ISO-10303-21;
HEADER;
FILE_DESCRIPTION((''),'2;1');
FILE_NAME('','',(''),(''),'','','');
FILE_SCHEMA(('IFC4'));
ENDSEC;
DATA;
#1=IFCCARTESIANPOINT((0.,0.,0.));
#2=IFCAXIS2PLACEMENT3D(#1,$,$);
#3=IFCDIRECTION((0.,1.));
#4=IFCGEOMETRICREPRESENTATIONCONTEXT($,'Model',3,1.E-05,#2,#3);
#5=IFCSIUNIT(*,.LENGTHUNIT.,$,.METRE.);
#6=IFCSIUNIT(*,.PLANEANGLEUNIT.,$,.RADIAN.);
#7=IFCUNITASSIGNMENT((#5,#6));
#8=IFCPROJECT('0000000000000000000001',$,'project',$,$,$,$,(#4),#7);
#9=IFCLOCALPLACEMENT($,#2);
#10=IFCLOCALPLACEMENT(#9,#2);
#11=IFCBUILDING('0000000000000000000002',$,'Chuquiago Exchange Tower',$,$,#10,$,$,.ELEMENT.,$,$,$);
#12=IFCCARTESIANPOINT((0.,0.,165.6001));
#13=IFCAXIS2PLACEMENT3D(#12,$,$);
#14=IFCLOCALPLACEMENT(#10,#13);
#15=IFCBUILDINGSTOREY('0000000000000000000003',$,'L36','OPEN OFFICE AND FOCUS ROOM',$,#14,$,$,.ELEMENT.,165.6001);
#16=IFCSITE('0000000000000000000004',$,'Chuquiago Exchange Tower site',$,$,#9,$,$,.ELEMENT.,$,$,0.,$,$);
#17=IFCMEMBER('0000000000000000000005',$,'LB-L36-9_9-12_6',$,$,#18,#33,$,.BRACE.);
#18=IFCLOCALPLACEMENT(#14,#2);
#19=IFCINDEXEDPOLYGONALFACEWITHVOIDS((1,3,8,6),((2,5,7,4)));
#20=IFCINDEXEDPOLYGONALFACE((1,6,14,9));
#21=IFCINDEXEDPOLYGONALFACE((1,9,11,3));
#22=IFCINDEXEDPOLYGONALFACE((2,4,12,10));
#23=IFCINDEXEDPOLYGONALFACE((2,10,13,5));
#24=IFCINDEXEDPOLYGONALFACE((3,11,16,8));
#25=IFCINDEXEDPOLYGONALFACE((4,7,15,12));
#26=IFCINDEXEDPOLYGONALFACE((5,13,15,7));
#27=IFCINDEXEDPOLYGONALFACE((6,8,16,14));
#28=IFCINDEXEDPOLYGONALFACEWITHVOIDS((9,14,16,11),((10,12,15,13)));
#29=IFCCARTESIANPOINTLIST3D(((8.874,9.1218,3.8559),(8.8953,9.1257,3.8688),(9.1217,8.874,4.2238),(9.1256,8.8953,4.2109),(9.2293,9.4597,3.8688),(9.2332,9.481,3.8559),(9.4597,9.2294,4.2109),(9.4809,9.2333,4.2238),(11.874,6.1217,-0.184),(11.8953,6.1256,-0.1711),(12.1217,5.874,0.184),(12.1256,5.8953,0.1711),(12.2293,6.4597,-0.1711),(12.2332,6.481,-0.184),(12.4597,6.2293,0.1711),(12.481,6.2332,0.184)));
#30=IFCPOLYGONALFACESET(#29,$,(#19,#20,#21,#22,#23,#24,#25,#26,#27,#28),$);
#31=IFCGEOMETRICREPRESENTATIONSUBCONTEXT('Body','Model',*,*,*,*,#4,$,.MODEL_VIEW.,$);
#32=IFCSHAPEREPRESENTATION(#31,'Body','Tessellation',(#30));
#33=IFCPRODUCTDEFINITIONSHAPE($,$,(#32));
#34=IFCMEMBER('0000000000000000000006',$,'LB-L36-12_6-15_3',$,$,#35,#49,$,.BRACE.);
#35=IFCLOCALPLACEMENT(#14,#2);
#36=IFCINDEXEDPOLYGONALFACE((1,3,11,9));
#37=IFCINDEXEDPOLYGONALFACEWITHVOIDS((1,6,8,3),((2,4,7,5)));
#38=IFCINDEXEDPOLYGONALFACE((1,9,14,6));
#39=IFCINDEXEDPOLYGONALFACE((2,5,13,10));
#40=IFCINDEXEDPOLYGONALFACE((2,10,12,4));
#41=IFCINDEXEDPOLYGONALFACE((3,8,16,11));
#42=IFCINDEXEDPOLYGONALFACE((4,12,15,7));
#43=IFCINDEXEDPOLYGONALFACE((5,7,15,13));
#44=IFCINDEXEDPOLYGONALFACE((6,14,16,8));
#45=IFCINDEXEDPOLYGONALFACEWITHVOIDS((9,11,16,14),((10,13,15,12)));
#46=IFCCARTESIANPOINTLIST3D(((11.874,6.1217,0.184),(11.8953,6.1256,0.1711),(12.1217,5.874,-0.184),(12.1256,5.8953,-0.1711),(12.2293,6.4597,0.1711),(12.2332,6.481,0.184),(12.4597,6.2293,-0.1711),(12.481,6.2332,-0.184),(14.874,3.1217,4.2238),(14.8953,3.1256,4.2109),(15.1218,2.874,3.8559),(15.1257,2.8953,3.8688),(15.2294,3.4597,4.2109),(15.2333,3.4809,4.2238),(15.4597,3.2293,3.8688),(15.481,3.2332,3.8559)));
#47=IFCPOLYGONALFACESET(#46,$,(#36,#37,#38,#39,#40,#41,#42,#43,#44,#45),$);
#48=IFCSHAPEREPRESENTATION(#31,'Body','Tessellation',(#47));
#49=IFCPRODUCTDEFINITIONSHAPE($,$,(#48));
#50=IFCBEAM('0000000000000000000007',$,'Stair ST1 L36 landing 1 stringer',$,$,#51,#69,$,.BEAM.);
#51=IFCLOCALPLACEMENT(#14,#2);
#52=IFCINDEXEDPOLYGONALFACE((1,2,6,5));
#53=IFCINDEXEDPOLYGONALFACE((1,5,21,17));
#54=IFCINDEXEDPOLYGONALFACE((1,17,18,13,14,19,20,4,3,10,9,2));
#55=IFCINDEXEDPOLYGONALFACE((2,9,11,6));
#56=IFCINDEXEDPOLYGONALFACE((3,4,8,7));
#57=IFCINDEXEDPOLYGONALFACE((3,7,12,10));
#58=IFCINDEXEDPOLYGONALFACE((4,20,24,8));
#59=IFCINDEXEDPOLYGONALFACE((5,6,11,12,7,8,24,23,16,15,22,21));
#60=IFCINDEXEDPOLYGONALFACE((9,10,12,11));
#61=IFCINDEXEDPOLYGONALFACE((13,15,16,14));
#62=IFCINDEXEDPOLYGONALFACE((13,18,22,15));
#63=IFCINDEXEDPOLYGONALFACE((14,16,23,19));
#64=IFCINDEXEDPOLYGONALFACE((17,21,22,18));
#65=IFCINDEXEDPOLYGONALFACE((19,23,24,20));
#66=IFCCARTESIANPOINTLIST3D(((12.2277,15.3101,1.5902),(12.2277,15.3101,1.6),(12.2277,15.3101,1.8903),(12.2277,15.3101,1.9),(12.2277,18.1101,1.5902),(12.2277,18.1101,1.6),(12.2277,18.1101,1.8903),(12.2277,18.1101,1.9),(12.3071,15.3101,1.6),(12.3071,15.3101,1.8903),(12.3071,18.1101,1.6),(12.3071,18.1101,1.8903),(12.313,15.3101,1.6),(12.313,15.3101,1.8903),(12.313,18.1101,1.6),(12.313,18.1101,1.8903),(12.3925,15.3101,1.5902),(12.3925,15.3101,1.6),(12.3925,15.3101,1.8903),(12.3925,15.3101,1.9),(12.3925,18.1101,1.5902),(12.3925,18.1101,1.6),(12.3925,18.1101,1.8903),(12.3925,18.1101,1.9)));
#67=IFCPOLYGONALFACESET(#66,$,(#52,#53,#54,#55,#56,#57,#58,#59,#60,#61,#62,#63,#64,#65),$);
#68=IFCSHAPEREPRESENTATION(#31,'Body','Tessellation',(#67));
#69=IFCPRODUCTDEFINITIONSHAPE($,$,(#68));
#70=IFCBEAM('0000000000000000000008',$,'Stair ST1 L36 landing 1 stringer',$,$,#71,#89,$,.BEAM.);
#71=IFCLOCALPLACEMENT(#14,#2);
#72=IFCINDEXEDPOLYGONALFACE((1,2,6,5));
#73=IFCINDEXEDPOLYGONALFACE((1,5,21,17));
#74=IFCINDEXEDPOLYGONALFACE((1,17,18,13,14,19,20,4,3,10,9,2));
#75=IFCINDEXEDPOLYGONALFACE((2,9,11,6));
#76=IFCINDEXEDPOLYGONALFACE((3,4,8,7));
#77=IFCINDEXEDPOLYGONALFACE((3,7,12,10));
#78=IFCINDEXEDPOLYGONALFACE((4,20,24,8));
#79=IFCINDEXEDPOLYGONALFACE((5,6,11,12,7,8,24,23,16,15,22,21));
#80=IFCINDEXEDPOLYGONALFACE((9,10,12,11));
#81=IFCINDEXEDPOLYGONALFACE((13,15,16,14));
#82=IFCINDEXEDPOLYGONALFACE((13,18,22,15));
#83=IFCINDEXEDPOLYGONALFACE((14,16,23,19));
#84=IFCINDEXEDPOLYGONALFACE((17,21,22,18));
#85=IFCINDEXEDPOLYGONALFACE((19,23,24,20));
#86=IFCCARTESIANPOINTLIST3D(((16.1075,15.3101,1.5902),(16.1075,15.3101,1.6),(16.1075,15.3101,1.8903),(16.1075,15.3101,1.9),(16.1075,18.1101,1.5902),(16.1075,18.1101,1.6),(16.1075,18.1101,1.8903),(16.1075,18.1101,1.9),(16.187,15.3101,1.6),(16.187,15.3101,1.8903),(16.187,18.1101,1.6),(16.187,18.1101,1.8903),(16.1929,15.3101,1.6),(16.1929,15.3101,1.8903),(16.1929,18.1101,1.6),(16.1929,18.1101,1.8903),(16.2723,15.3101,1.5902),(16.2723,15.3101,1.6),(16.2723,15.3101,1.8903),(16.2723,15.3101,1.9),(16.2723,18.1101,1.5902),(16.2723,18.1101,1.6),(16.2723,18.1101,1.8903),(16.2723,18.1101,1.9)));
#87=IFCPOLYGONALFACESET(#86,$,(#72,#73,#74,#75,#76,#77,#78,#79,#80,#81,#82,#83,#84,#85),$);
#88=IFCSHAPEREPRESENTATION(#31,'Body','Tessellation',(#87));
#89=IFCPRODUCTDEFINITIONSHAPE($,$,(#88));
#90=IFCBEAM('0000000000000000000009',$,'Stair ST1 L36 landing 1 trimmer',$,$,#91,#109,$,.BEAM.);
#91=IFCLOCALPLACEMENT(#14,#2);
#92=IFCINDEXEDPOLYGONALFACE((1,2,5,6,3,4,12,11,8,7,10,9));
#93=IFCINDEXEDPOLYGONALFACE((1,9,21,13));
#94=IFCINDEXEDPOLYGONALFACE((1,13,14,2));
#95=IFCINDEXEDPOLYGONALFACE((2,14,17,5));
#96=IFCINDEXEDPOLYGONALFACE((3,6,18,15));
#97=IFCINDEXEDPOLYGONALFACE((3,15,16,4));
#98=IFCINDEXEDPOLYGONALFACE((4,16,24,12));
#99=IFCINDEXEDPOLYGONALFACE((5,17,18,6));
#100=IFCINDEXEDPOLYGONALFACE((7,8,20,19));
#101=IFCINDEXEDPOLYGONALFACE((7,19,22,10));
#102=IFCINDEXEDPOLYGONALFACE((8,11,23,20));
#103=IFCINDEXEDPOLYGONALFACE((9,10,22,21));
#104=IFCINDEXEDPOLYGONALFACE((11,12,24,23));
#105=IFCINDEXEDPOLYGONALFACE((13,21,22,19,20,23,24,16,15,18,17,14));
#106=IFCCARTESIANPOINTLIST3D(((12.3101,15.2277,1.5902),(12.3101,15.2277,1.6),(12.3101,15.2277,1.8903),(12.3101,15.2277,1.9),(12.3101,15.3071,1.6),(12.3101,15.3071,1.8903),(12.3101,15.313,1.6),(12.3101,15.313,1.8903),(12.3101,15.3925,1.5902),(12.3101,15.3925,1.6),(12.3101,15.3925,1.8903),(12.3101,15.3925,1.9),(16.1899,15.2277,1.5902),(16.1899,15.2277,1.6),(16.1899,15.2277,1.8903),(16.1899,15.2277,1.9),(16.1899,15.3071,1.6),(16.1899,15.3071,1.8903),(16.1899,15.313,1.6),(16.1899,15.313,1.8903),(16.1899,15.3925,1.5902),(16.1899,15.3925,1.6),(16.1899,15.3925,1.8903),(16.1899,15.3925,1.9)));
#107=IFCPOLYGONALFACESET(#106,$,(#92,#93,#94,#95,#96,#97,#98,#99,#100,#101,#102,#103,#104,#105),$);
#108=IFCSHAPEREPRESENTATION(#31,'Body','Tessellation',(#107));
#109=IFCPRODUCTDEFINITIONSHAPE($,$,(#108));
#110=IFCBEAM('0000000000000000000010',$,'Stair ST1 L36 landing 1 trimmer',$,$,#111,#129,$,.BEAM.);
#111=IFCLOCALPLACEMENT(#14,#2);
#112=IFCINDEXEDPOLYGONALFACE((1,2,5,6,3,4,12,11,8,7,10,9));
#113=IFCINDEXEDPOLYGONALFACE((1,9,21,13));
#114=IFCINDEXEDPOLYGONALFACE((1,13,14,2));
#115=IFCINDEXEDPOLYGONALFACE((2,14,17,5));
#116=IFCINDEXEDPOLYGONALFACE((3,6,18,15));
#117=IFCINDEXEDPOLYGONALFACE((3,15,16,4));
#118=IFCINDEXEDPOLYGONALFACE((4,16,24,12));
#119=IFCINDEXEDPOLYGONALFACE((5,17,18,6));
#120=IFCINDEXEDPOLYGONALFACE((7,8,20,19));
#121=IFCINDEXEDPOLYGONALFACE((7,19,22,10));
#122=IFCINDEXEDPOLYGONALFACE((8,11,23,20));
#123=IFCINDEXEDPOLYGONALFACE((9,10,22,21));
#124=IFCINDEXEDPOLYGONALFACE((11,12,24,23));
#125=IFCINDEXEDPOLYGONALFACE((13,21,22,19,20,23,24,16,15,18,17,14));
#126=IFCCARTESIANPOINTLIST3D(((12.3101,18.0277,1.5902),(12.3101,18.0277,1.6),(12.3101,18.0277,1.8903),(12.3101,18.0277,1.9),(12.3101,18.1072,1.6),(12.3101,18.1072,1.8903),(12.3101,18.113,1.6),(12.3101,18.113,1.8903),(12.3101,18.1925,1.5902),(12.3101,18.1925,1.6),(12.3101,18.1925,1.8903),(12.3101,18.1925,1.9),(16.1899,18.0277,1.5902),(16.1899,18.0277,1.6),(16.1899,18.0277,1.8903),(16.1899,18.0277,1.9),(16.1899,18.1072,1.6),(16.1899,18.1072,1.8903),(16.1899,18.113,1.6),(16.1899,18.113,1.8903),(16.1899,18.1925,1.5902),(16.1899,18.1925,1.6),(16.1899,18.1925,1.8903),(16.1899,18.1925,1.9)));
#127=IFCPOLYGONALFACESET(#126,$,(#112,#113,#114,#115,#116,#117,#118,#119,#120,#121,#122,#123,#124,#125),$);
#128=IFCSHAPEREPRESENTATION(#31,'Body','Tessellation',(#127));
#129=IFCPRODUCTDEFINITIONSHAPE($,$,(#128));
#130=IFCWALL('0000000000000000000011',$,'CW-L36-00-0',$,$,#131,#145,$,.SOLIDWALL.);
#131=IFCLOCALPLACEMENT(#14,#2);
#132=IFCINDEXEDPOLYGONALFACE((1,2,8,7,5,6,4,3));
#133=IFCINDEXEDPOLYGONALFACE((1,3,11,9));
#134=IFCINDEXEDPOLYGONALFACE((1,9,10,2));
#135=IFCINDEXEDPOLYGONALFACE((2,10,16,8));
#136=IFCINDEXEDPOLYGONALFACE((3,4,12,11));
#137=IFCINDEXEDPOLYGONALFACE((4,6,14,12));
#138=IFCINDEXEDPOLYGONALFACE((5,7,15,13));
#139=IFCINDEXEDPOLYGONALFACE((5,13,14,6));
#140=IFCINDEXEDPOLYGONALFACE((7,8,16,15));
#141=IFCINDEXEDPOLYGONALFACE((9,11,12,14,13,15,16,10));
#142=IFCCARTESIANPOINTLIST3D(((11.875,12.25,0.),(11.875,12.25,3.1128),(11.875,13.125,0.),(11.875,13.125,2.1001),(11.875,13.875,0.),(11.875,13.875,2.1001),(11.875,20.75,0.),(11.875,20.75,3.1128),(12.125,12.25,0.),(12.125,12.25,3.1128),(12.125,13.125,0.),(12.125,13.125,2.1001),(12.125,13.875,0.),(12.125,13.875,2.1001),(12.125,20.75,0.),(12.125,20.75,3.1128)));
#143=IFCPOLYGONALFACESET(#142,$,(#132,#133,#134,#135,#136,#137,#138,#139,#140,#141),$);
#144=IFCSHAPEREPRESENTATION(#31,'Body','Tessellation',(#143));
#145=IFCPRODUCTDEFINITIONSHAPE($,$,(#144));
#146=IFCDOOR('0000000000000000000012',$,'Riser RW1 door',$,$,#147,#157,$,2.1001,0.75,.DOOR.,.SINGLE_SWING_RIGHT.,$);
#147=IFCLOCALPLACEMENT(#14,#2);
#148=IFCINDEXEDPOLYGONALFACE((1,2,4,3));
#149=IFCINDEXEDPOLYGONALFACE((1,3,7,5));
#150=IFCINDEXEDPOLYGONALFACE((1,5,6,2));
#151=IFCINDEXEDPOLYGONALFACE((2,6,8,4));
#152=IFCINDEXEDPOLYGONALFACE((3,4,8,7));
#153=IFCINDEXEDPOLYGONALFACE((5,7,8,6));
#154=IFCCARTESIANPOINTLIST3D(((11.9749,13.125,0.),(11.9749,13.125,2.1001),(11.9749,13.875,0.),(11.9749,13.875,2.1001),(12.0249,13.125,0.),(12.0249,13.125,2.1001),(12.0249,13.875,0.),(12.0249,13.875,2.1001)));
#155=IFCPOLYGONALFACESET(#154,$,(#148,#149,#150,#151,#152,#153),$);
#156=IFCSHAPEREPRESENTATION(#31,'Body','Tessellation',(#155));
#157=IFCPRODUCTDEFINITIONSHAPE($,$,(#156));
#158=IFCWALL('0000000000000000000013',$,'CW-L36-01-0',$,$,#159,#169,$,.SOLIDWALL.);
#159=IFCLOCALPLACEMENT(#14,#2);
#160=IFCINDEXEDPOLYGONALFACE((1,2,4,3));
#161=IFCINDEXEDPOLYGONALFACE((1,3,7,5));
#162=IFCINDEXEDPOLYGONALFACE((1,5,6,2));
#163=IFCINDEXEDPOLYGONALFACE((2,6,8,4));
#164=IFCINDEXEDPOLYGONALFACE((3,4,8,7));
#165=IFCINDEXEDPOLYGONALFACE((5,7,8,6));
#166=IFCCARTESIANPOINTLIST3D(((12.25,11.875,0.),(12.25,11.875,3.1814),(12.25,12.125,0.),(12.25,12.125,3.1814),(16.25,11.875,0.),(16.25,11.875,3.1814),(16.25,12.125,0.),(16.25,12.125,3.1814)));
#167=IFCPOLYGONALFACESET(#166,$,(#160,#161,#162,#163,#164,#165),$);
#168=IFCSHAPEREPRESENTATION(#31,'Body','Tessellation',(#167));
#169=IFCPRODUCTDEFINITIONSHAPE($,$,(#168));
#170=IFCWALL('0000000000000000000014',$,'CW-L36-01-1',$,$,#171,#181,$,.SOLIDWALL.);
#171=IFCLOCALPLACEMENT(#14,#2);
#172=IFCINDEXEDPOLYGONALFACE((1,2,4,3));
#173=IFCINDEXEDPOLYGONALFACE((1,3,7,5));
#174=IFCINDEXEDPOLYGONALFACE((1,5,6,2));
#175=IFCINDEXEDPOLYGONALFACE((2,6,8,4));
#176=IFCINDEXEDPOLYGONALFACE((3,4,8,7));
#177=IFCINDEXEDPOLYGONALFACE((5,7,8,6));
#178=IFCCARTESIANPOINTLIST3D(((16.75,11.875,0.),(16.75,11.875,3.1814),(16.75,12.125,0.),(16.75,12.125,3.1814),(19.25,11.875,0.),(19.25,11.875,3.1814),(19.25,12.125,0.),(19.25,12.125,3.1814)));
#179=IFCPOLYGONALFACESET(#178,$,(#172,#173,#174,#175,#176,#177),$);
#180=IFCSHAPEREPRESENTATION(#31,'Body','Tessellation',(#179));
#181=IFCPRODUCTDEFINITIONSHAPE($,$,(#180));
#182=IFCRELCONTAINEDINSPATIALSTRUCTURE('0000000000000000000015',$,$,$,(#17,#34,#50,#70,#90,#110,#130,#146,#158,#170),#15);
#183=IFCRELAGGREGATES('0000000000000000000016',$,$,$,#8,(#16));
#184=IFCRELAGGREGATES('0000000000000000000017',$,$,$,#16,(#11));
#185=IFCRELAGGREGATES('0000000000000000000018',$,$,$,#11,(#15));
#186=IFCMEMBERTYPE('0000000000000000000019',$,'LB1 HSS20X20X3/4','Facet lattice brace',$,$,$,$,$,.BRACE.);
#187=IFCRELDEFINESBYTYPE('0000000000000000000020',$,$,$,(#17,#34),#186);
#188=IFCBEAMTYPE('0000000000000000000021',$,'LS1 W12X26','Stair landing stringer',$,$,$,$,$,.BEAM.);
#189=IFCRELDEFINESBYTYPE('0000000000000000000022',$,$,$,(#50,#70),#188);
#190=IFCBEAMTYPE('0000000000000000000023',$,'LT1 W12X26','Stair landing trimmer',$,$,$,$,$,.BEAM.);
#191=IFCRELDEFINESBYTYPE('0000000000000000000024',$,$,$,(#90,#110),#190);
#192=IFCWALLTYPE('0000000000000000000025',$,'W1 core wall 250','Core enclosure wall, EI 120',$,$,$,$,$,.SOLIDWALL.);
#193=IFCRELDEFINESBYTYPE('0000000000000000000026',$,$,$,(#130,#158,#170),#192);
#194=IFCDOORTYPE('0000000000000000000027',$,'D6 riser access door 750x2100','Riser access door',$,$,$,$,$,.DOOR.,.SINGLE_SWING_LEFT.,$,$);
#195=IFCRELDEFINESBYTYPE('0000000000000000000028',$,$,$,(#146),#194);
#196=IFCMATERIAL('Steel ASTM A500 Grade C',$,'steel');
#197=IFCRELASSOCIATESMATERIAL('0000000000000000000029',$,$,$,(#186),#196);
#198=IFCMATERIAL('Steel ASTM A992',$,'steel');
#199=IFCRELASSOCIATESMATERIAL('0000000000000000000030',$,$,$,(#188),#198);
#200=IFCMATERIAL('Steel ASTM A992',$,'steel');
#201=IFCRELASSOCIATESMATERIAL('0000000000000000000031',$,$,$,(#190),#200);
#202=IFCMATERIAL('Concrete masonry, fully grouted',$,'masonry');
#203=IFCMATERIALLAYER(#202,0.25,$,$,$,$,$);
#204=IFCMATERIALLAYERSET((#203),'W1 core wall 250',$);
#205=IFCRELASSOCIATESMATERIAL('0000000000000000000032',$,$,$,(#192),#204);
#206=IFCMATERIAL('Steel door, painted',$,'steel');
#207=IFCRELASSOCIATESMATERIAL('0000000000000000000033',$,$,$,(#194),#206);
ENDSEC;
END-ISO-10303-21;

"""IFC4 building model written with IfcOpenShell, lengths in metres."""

from ifc_helpers import new_model, si_unit, direction, frame, frame_2d, origin, origin_2d, place, context, subcontext, project, spatial, rectangle, hollow_rectangle, i_section, extrude, material, layer, layer_set, material_profile, profile_set, type_object, element, fill, save


model = new_model("IFC4")

# Units and contexts
model_context = context("Model", 3, precision=1e-05, world=origin(), true_north=direction((0.0, 1.0)))
body_context = subcontext(model_context, "Body", "Model", "MODEL_VIEW")
ifc_project = project(units=[si_unit("LENGTHUNIT", "METRE"), si_unit("PLANEANGLEUNIT", "RADIAN")], contexts=[model_context])

# Site, building, storey
site_placement = place(None, origin())
site = spatial("IfcSite", under=ifc_project, at=site_placement, Name="Chuquiago Exchange Tower site", CompositionType="ELEMENT", RefElevation=0.0)
building_placement = place(site_placement, origin())
building = spatial("IfcBuilding", under=site, at=building_placement, Name="Chuquiago Exchange Tower", CompositionType="ELEMENT")
storey_placement = place(building_placement, frame((0.0, 0.0, 165.6001)))
storey = spatial("IfcBuildingStorey", under=building, at=storey_placement, Name="L36", Description="OPEN OFFICE AND FOCUS ROOM", CompositionType="ELEMENT", Elevation=165.6001)

# Members
ifc_material_1 = material(Name="Steel ASTM A500 Grade C", Category="steel")
ifc_material_profile_1 = material_profile(ifc_material_1, hollow_rectangle(XDim=0.5081, YDim=0.5081, WallThickness=0.0178, at=origin_2d()), Name="HSS20X20X3/4")
ifc_profile_set_1 = profile_set([ifc_material_profile_1], Name="Steel ASTM A500 Grade C")
member_type_1 = type_object("IfcMemberType", Name="LB1 HSS20X20X3/4", Description="Facet lattice brace", PredefinedType="BRACE", material=ifc_profile_set_1)
for number, where, z_axis, x_axis, name in (
    (1, (12.1775, 6.1775, 0.0), (-0.512092, 0.512092, 0.689582), (-0.707107, -0.707107, 0.0), "LB-L36-9_9-12_6"),
    (2, (12.1775, 6.1775, 0.0), (0.512092, -0.512092, 0.689582), (0.707107, 0.707107, 0.0), "LB-L36-12_6-15_3"),
):
    element("IfcMember", number, at=place(storey_placement, frame(where, z_axis=z_axis, x_axis=x_axis)), inside=storey, type_object=member_type_1, Name=name, PredefinedType="BRACE", context=body_context, shape_type="SweptSolid", body=[
        extrude(hollow_rectangle(XDim=0.5081, YDim=0.5081, WallThickness=0.0178, at=origin_2d()), origin(), (0.0, 0.0, 1.0), 5.8584),
    ])

# Beams
ifc_material_2 = material(Name="Steel ASTM A992", Category="steel")
ifc_material_profile_2 = material_profile(ifc_material_2, i_section(OverallWidth=0.1648, OverallDepth=0.3098, WebThickness=0.0059, FlangeThickness=0.0098, at=origin_2d()), Name="W12X26")
ifc_profile_set_2 = profile_set([ifc_material_profile_2], Name="Steel ASTM A992")
beam_type_1 = type_object("IfcBeamType", Name="LS1 W12X26", Description="Stair landing stringer", PredefinedType="BEAM", material=ifc_profile_set_2)
for number, where, z_axis, x_axis, name in (
    (3, (12.3101, 15.3101, 1.7451), (0.0, 1.0, 0.0), (-1.0, 0.0, 0.0), "Stair ST1 L36 landing 1 stringer"),
    (4, (16.1899, 15.3101, 1.7451), (0.0, 1.0, 0.0), (-1.0, 0.0, 0.0), "Stair ST1 L36 landing 1 stringer"),
):
    element("IfcBeam", number, at=place(storey_placement, frame(where, z_axis=z_axis, x_axis=x_axis)), inside=storey, type_object=beam_type_1, Name=name, PredefinedType="BEAM", context=body_context, shape_type="SweptSolid", body=[
        extrude(i_section(OverallWidth=0.1648, OverallDepth=0.3098, WebThickness=0.0059, FlangeThickness=0.0098, at=origin_2d()), origin(), (0.0, 0.0, 1.0), 2.8),
    ])
ifc_material_3 = material(Name="Steel ASTM A992", Category="steel")
ifc_material_profile_3 = material_profile(ifc_material_3, i_section(OverallWidth=0.1648, OverallDepth=0.3098, WebThickness=0.0059, FlangeThickness=0.0098, at=origin_2d()), Name="W12X26")
ifc_profile_set_3 = profile_set([ifc_material_profile_3], Name="Steel ASTM A992")
beam_type_2 = type_object("IfcBeamType", Name="LT1 W12X26", Description="Stair landing trimmer", PredefinedType="BEAM", material=ifc_profile_set_3)
for number, where, z_axis, x_axis, name in (
    (5, (12.3101, 15.3101, 1.7451), (1.0, 0.0, 0.0), (0.0, 1.0, 0.0), "Stair ST1 L36 landing 1 trimmer"),
    (6, (12.3101, 18.1101, 1.7451), (1.0, 0.0, 0.0), (0.0, 1.0, 0.0), "Stair ST1 L36 landing 1 trimmer"),
):
    element("IfcBeam", number, at=place(storey_placement, frame(where, z_axis=z_axis, x_axis=x_axis)), inside=storey, type_object=beam_type_2, Name=name, PredefinedType="BEAM", context=body_context, shape_type="SweptSolid", body=[
        extrude(i_section(OverallWidth=0.1648, OverallDepth=0.3098, WebThickness=0.0059, FlangeThickness=0.0098, at=origin_2d()), origin(), (0.0, 0.0, 1.0), 3.8799),
    ])

# Wall, opening, door
ifc_material_4 = material(Name="Concrete masonry, fully grouted", Category="masonry")
ifc_layer_1 = layer(ifc_material_4, 0.25)
ifc_layer_set_1 = layer_set([ifc_layer_1], Name="W1 core wall 250")
wall_type_1 = type_object("IfcWallType", Name="W1 core wall 250", Description="Core enclosure wall, EI 120", PredefinedType="SOLIDWALL", material=ifc_layer_set_1)
wall_1_placement = place(storey_placement, frame((12.0, 12.25, 0.0), z_axis=(0.0, 0.0, 1.0), x_axis=(0.0, 1.0, 0.0)))
wall_1 = element("IfcWall", 7, at=wall_1_placement, inside=storey, type_object=wall_type_1, Name="CW-L36-00-0", PredefinedType="SOLIDWALL", context=body_context, shape_type="SweptSolid", body=[
    extrude(rectangle(XDim=8.5, YDim=0.25, at=frame_2d((4.25, 0.0))), origin(), (0.0, 0.0, 1.0), 3.1128),
])
opening_placement = place(wall_1_placement, frame((0.875, 0.0, 0.0)))
opening = element("IfcOpeningElement", 8, at=opening_placement, cuts=wall_1, PredefinedType="OPENING", context=body_context, shape_type="SweptSolid", body=[
    extrude(rectangle(XDim=0.75, YDim=2.1001, at=frame_2d((0.375, 1.05))), frame((0.0, 0.135, 0.0), z_axis=(0.0, -1.0, 0.0), x_axis=(1.0, 0.0, 0.0)), (0.0, 0.0, 1.0), 0.27),
])
ifc_material_5 = material(Name="Steel door, painted", Category="steel")
door_type = type_object("IfcDoorType", Name="D6 riser access door 750x2100", Description="Riser access door", OperationType="SINGLE_SWING_LEFT", PredefinedType="DOOR", material=ifc_material_5)
door_placement = place(opening_placement, frame((0.75, 0.0, 0.0), z_axis=(0.0, 0.0, 1.0), x_axis=(-1.0, 0.0, 0.0)))
door = element("IfcDoor", 9, at=door_placement, inside=storey, type_object=door_type, Name="Riser RW1 door", OperationType="SINGLE_SWING_RIGHT", OverallHeight=2.1001, OverallWidth=0.75, PredefinedType="DOOR", context=body_context, shape_type="SweptSolid", body=[
    extrude(rectangle(XDim=0.75, YDim=2.1001, at=frame_2d((0.375, 1.05))), frame((0.0, 0.0249, 0.0), z_axis=(0.0, -1.0, 0.0), x_axis=(1.0, 0.0, 0.0)), (0.0, 0.0, 1.0), 0.05),
])
fill(opening, door)

# Walls
wall_2_placement = place(storey_placement, frame((12.25, 12.0, 0.0), z_axis=(0.0, 0.0, 1.0), x_axis=(1.0, 0.0, 0.0)))
element("IfcWall", 10, at=wall_2_placement, inside=storey, type_object=wall_type_1, Name="CW-L36-01-0", PredefinedType="SOLIDWALL", context=body_context, shape_type="SweptSolid", body=[
    extrude(rectangle(XDim=4.0, YDim=0.25, at=frame_2d((2.0, 0.0))), origin(), (0.0, 0.0, 1.0), 3.1814),
])
wall_3_placement = place(storey_placement, frame((16.75, 12.0, 0.0), z_axis=(0.0, 0.0, 1.0), x_axis=(1.0, 0.0, 0.0)))
element("IfcWall", 11, at=wall_3_placement, inside=storey, type_object=wall_type_1, Name="CW-L36-01-1", PredefinedType="SOLIDWALL", context=body_context, shape_type="SweptSolid", body=[
    extrude(rectangle(XDim=2.5, YDim=0.25, at=frame_2d((1.25, 0.0))), origin(), (0.0, 0.0, 1.0), 3.1814),
])

save(model, "model.ifc")
